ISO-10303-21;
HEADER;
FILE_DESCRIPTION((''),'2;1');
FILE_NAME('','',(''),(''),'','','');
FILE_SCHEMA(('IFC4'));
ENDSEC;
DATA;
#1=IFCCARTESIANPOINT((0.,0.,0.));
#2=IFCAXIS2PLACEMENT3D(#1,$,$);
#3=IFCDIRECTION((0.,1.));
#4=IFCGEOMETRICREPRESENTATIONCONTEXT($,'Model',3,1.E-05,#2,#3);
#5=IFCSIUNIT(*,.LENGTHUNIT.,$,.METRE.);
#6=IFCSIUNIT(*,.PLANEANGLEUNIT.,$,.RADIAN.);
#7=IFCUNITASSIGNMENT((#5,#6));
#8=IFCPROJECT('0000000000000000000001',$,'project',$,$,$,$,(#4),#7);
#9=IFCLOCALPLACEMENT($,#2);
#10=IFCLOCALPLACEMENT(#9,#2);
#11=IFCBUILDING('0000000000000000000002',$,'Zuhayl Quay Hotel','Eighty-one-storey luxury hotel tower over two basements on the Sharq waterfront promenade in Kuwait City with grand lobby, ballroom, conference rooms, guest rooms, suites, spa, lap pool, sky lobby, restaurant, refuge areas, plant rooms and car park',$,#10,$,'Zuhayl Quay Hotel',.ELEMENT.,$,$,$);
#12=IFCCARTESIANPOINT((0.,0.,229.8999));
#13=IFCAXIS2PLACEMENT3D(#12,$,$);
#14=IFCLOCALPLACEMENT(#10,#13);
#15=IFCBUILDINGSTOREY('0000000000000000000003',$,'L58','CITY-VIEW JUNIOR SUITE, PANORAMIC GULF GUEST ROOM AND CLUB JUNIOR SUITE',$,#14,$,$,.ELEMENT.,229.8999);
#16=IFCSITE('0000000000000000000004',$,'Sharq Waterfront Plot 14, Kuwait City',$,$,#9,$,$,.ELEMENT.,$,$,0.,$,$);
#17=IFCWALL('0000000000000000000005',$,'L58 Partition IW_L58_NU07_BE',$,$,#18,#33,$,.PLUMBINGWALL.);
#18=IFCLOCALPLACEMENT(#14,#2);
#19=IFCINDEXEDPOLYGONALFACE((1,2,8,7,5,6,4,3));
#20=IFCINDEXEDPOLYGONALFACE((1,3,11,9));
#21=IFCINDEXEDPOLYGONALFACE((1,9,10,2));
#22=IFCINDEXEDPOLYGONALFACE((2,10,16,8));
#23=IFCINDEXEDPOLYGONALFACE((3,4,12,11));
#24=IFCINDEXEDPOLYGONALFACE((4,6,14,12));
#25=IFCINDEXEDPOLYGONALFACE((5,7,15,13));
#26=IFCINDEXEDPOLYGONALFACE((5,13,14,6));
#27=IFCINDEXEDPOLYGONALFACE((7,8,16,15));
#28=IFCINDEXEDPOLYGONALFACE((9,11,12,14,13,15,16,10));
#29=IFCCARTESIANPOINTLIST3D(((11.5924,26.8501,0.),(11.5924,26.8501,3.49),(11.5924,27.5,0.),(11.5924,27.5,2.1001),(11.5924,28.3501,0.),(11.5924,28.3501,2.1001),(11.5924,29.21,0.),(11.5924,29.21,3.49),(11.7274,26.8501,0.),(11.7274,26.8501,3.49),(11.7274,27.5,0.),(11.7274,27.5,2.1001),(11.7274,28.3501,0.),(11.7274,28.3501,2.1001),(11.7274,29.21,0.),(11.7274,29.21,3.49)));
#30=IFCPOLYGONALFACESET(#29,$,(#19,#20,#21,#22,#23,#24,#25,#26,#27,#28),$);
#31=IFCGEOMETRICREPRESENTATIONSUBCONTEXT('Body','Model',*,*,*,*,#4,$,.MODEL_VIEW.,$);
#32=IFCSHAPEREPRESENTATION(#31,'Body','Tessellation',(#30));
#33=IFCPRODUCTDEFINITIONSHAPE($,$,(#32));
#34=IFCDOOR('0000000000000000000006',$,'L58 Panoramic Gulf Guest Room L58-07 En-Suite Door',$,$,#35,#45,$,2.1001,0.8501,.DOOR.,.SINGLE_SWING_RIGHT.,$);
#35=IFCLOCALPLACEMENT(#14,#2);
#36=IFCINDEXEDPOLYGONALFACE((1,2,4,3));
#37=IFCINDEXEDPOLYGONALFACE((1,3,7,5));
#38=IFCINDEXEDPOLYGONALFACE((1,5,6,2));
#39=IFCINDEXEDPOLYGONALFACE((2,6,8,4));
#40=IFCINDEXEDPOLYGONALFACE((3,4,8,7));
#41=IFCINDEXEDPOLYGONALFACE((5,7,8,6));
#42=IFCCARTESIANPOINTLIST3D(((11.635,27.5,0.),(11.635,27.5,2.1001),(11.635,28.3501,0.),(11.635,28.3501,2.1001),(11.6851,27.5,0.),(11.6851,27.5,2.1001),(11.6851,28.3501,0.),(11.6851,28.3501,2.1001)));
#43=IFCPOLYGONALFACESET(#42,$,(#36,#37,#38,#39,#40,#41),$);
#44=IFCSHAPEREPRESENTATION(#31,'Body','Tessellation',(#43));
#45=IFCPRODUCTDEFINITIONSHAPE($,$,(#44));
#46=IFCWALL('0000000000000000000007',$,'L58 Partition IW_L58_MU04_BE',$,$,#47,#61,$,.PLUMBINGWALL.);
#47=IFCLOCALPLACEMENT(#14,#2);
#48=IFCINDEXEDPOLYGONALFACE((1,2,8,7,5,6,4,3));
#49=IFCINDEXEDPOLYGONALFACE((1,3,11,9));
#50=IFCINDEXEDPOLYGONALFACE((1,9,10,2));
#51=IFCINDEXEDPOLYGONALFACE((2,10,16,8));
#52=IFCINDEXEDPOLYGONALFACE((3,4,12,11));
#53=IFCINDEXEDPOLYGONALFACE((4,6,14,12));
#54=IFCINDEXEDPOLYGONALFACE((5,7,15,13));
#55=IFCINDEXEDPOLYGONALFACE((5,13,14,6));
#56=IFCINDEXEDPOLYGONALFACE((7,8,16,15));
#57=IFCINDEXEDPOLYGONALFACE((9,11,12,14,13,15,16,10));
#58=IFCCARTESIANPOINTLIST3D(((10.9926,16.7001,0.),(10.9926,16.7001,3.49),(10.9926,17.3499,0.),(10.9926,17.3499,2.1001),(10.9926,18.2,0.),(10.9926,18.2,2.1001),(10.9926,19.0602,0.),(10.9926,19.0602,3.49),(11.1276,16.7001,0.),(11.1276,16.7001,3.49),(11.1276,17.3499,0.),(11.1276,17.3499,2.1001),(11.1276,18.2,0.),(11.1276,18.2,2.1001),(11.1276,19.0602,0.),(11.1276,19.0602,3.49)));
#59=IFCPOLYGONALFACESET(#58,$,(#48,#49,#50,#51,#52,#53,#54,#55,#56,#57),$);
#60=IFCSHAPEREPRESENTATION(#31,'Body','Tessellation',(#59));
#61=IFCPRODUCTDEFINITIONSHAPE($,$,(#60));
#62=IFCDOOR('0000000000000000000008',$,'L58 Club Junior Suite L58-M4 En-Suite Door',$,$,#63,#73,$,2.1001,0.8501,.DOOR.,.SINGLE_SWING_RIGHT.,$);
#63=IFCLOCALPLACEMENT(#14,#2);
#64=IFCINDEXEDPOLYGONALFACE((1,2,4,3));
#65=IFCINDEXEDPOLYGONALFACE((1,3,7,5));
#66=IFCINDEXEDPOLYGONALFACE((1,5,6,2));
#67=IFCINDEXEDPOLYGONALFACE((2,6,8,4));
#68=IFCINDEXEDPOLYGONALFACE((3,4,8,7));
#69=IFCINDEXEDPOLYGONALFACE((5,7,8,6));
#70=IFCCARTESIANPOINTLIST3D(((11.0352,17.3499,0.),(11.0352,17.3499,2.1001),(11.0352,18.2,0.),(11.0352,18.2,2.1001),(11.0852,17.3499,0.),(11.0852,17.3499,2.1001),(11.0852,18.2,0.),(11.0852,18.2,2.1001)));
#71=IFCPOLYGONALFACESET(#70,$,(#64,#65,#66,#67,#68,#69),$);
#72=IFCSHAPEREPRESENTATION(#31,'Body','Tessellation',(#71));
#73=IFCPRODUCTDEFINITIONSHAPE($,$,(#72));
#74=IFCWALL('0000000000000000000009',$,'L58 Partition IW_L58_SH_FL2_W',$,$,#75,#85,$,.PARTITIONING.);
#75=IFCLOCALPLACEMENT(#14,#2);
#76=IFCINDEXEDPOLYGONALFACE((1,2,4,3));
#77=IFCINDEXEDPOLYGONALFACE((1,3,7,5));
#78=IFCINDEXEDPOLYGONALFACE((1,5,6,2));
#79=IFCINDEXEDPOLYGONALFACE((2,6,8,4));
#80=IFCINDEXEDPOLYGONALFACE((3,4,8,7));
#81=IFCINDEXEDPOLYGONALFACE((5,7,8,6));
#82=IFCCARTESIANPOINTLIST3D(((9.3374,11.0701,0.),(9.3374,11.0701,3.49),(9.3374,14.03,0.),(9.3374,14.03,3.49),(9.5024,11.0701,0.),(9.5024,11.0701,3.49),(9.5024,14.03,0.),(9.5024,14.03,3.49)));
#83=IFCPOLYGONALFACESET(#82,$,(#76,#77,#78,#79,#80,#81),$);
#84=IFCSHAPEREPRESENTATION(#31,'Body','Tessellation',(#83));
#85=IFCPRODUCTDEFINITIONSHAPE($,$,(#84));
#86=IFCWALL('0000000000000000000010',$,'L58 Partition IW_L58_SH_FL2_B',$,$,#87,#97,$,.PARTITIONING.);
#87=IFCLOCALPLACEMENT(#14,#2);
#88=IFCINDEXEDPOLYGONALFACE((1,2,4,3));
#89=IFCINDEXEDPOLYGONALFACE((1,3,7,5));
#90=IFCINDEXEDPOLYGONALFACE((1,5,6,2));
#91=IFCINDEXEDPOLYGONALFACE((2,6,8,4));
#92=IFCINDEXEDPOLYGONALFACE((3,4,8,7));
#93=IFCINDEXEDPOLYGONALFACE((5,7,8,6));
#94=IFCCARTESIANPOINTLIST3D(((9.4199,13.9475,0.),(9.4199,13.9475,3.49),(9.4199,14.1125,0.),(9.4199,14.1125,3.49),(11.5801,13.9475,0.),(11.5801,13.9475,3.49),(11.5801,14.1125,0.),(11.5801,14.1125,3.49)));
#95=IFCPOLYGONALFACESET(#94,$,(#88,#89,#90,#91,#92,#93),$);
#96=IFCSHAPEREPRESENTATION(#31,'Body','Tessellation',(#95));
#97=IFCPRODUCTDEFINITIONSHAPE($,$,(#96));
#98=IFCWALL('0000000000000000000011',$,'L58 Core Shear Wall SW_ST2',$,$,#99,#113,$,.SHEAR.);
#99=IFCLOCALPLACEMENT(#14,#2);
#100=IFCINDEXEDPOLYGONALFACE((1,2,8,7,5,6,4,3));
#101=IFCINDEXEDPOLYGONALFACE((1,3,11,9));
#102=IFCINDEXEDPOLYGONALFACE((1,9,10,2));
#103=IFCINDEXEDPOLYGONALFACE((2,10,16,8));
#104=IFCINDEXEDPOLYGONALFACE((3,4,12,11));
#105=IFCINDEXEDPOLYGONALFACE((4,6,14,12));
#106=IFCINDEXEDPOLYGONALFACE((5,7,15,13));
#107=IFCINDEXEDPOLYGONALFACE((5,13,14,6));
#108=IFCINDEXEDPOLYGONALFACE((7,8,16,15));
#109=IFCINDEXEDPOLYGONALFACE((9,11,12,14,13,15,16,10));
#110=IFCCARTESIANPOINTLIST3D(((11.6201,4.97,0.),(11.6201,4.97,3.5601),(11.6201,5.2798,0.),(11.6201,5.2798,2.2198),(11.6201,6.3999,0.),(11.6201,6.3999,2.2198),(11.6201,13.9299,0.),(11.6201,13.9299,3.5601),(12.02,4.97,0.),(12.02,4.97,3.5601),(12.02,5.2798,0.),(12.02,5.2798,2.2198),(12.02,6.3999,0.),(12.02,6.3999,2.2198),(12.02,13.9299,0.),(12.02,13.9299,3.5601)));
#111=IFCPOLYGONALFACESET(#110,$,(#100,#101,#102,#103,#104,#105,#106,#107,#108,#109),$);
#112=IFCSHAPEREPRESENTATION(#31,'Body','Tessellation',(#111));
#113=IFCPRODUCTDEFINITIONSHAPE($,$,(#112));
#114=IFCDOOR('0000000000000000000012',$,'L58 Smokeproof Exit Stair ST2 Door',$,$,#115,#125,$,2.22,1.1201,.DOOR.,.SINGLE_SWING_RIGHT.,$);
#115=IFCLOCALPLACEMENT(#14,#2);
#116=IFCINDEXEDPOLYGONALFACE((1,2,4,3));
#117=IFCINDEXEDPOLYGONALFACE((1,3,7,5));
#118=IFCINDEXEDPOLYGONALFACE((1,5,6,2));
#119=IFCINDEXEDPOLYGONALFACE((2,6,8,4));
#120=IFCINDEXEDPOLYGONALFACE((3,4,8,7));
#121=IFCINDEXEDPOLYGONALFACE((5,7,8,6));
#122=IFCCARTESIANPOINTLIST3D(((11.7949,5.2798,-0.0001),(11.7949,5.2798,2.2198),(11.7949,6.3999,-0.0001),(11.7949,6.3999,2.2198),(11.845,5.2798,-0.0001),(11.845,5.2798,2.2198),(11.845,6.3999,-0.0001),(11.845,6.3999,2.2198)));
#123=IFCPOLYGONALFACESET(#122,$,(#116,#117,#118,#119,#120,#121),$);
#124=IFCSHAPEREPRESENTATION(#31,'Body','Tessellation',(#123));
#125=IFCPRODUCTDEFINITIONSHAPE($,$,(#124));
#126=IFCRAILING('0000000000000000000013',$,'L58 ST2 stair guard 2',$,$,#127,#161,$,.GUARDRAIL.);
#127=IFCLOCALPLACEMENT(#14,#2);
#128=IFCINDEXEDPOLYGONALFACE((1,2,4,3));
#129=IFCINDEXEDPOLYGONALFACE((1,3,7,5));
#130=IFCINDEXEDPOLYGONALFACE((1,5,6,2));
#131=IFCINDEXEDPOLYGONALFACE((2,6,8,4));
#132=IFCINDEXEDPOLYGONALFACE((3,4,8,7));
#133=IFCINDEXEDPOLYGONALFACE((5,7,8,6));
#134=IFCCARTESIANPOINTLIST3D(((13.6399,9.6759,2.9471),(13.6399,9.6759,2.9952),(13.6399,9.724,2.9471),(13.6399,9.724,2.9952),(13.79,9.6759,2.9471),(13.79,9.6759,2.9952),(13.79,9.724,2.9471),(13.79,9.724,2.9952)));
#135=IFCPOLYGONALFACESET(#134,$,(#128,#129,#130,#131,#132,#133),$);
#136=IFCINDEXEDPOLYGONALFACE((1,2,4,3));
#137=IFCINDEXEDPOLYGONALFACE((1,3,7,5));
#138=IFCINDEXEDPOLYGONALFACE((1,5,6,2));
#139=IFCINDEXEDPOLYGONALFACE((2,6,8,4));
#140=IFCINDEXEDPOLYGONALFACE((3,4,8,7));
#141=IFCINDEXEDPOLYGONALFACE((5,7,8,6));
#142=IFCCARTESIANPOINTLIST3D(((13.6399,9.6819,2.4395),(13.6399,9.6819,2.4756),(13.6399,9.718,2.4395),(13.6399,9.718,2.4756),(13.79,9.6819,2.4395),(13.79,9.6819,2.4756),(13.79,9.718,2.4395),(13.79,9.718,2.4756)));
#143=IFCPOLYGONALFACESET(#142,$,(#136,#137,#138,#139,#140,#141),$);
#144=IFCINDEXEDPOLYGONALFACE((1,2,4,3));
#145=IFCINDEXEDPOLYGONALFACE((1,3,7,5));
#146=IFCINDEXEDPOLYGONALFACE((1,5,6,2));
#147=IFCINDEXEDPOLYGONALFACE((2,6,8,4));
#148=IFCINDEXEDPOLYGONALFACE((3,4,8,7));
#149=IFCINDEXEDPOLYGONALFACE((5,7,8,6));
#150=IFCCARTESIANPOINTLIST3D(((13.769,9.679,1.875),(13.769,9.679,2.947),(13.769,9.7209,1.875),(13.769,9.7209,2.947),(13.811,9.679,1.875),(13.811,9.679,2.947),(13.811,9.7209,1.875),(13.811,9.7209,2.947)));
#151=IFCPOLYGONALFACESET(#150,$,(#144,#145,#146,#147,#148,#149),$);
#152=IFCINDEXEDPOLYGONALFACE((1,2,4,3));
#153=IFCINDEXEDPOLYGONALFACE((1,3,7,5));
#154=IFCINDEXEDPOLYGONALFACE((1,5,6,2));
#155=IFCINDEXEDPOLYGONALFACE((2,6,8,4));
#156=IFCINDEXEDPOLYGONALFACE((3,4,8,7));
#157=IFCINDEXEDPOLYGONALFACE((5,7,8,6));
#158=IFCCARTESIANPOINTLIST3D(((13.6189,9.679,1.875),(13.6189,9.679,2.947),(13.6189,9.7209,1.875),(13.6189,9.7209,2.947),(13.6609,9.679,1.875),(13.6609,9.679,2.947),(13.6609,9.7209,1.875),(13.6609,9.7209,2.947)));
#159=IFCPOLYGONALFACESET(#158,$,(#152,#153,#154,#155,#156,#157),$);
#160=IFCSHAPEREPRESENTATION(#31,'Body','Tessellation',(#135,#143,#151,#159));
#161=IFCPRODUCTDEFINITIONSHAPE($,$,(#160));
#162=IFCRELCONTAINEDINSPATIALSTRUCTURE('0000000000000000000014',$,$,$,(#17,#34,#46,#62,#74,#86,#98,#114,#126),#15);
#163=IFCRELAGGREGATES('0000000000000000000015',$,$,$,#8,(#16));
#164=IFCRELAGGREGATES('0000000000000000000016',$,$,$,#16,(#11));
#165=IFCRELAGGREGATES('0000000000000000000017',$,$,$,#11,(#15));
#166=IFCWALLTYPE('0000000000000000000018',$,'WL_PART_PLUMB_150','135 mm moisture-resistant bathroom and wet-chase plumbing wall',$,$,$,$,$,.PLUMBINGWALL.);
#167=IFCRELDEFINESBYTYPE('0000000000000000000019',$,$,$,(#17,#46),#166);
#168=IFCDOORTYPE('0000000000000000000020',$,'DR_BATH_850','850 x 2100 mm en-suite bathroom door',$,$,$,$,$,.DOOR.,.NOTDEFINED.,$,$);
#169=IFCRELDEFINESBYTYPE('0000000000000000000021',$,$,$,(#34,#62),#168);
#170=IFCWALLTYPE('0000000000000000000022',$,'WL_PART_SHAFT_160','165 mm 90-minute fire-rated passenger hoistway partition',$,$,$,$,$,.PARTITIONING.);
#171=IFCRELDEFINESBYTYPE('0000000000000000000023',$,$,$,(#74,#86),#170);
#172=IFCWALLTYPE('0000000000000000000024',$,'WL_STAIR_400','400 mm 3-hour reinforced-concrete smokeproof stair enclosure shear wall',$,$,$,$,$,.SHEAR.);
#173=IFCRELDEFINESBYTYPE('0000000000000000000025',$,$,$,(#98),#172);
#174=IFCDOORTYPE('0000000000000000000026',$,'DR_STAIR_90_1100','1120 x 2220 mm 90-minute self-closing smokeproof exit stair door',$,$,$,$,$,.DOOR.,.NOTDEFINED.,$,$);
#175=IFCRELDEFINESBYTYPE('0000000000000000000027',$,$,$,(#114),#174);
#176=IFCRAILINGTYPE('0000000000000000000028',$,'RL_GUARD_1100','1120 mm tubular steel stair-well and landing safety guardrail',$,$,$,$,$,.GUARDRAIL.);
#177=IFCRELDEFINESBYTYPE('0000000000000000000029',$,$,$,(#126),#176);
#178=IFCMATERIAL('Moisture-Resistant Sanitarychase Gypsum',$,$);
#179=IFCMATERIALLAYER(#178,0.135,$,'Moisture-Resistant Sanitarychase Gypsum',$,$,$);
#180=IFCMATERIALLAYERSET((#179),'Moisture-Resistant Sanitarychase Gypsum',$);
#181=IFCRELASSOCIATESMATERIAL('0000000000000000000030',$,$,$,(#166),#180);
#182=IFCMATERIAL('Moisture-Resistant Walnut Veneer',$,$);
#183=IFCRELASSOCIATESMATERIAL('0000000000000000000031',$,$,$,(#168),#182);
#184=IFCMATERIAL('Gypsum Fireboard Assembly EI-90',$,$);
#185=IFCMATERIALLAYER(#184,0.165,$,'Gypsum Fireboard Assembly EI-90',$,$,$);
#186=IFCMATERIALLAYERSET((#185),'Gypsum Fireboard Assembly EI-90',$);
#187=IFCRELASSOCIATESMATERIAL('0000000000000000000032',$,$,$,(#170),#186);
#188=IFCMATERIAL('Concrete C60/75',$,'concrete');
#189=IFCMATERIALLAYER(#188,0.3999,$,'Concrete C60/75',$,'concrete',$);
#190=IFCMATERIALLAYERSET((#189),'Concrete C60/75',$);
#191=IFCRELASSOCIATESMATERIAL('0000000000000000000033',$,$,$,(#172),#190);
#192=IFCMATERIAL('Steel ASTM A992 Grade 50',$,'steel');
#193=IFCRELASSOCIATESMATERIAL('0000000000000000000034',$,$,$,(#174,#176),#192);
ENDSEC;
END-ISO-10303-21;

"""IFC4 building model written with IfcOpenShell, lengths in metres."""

from ifc_helpers import new_model, si_unit, direction, frame, frame_2d, origin, origin_2d, place, context, subcontext, project, spatial, rectangle, extrude, material, layer, layer_set, type_object, element, fill, save


model = new_model("IFC4")

# Units and contexts
model_context = context("Model", 3, precision=1e-05, world=origin(), true_north=direction((0.0, 1.0)))
body_context = subcontext(model_context, "Body", "Model", "MODEL_VIEW")
ifc_project = project(units=[si_unit("LENGTHUNIT", "METRE"), si_unit("PLANEANGLEUNIT", "RADIAN")], contexts=[model_context])

# Site, building, storey
site_placement = place(None, origin())
site = spatial("IfcSite", under=ifc_project, at=site_placement, Name="Sharq Waterfront Plot 14, Kuwait City", CompositionType="ELEMENT", RefElevation=0.0)
building_placement = place(site_placement, origin())
building = spatial("IfcBuilding", under=site, at=building_placement, Name="Zuhayl Quay Hotel", Description="Eighty-one-storey luxury hotel tower over two basements on the Sharq waterfront promenade in Kuwait City with grand lobby, ballroom, conference rooms, guest rooms, suites, spa, lap pool, sky lobby, restaurant, refuge areas, plant rooms and car park", LongName="Zuhayl Quay Hotel", CompositionType="ELEMENT")
storey_placement = place(building_placement, frame((0.0, 0.0, 229.8999)))
storey = spatial("IfcBuildingStorey", under=building, at=storey_placement, Name="L58", Description="CITY-VIEW JUNIOR SUITE, PANORAMIC GULF GUEST ROOM AND CLUB JUNIOR SUITE", CompositionType="ELEMENT", Elevation=229.8999)

# Shared definitions
ifc_material_1 = material(Name="Concrete C60/75", Category="concrete")

# Shared definitions
ifc_material_2 = material(Name="Steel ASTM A992 Grade 50", Category="steel")

# Walls, openings, doors
ifc_material_3 = material(Name="Moisture-Resistant Sanitarychase Gypsum")
ifc_layer_1 = layer(ifc_material_3, 0.135, Name="Moisture-Resistant Sanitarychase Gypsum")
ifc_layer_set_1 = layer_set([ifc_layer_1], Name="Moisture-Resistant Sanitarychase Gypsum")
wall_type_1 = type_object("IfcWallType", Name="WL_PART_PLUMB_150", Description="135 mm moisture-resistant bathroom and wet-chase plumbing wall", PredefinedType="PLUMBINGWALL", material=ifc_layer_set_1)
wall_1_placement = place(storey_placement, frame((11.6599, 26.8501, 0.0), z_axis=(0.0, 0.0, 1.0), x_axis=(0.0, 1.0, 0.0)))
wall_1 = element("IfcWall", 1, at=wall_1_placement, inside=storey, type_object=wall_type_1, Name="L58 Partition IW_L58_NU07_BE", PredefinedType="PLUMBINGWALL", context=body_context, shape_type="SweptSolid", body=[
    extrude(rectangle(XDim=2.3599, YDim=0.135, at=frame_2d((1.1799, 0.0))), origin(), (0.0, 0.0, 1.0), 3.49),
])
opening_1_placement = place(wall_1_placement, frame((0.6499, 0.0, 0.0)))
opening_1 = element("IfcOpeningElement", 2, at=opening_1_placement, cuts=wall_1, PredefinedType="OPENING", context=body_context, shape_type="SweptSolid", body=[
    extrude(rectangle(XDim=0.8501, YDim=2.1001, at=frame_2d((0.425, 1.05))), frame((0.0, 0.0774, 0.0), z_axis=(0.0, -1.0, 0.0), x_axis=(1.0, 0.0, 0.0)), (0.0, 0.0, 1.0), 0.155),
])
ifc_material_4 = material(Name="Moisture-Resistant Walnut Veneer")
door_type_1 = type_object("IfcDoorType", Name="DR_BATH_850", Description="850 x 2100 mm en-suite bathroom door", OperationType="NOTDEFINED", PredefinedType="DOOR", material=ifc_material_4)
door_1_placement = place(opening_1_placement, origin())
door_1 = element("IfcDoor", 3, at=door_1_placement, inside=storey, type_object=door_type_1, Name="L58 Panoramic Gulf Guest Room L58-07 En-Suite Door", OperationType="SINGLE_SWING_RIGHT", OverallHeight=2.1001, OverallWidth=0.8501, PredefinedType="DOOR", context=body_context, shape_type="SweptSolid", body=[
    extrude(rectangle(XDim=0.8501, YDim=2.1001, at=frame_2d((0.425, 1.05))), frame((0.0, 0.0249, 0.0), z_axis=(0.0, -1.0, 0.0), x_axis=(1.0, 0.0, 0.0)), (0.0, 0.0, 1.0), 0.05),
])
fill(opening_1, door_1)
wall_2_placement = place(storey_placement, frame((11.0601, 16.7, 0.0), z_axis=(0.0, 0.0, 1.0), x_axis=(0.0, 1.0, 0.0)))
wall_2 = element("IfcWall", 4, at=wall_2_placement, inside=storey, type_object=wall_type_1, Name="L58 Partition IW_L58_MU04_BE", PredefinedType="PLUMBINGWALL", context=body_context, shape_type="SweptSolid", body=[
    extrude(rectangle(XDim=2.3601, YDim=0.135, at=frame_2d((1.1802, 0.0))), origin(), (0.0, 0.0, 1.0), 3.49),
])
opening_2_placement = place(wall_2_placement, frame((0.6499, 0.0, 0.0)))
opening_2 = element("IfcOpeningElement", 5, at=opening_2_placement, cuts=wall_2, PredefinedType="OPENING", context=body_context, shape_type="SweptSolid", body=[
    extrude(rectangle(XDim=0.8501, YDim=2.1001, at=frame_2d((0.425, 1.05))), frame((0.0, 0.0774, 0.0), z_axis=(0.0, -1.0, 0.0), x_axis=(1.0, 0.0, 0.0)), (0.0, 0.0, 1.0), 0.155),
])
door_2_placement = place(opening_2_placement, origin())
door_2 = element("IfcDoor", 6, at=door_2_placement, inside=storey, type_object=door_type_1, Name="L58 Club Junior Suite L58-M4 En-Suite Door", OperationType="SINGLE_SWING_RIGHT", OverallHeight=2.1001, OverallWidth=0.8501, PredefinedType="DOOR", context=body_context, shape_type="SweptSolid", body=[
    extrude(rectangle(XDim=0.8501, YDim=2.1001, at=frame_2d((0.425, 1.05))), frame((0.0, 0.0249, 0.0), z_axis=(0.0, -1.0, 0.0), x_axis=(1.0, 0.0, 0.0)), (0.0, 0.0, 1.0), 0.05),
])
fill(opening_2, door_2)

# Walls
ifc_material_5 = material(Name="Gypsum Fireboard Assembly EI-90")
ifc_layer_2 = layer(ifc_material_5, 0.165, Name="Gypsum Fireboard Assembly EI-90")
ifc_layer_set_2 = layer_set([ifc_layer_2], Name="Gypsum Fireboard Assembly EI-90")
wall_type_2 = type_object("IfcWallType", Name="WL_PART_SHAFT_160", Description="165 mm 90-minute fire-rated passenger hoistway partition", PredefinedType="PARTITIONING", material=ifc_layer_set_2)
wall_3_placement = place(storey_placement, frame((9.4199, 11.0701, 0.0), z_axis=(0.0, 0.0, 1.0), x_axis=(0.0, 1.0, 0.0)))
element("IfcWall", 7, at=wall_3_placement, inside=storey, type_object=wall_type_2, Name="L58 Partition IW_L58_SH_FL2_W", PredefinedType="PARTITIONING", context=body_context, shape_type="SweptSolid", body=[
    extrude(rectangle(XDim=2.96, YDim=0.165, at=frame_2d((1.48, 0.0))), origin(), (0.0, 0.0, 1.0), 3.49),
])
wall_4_placement = place(storey_placement, frame((9.4199, 14.03, 0.0), z_axis=(0.0, 0.0, 1.0), x_axis=(1.0, 0.0, 0.0)))
element("IfcWall", 8, at=wall_4_placement, inside=storey, type_object=wall_type_2, Name="L58 Partition IW_L58_SH_FL2_B", PredefinedType="PARTITIONING", context=body_context, shape_type="SweptSolid", body=[
    extrude(rectangle(XDim=2.1602, YDim=0.165, at=frame_2d((1.0801, 0.0))), origin(), (0.0, 0.0, 1.0), 3.49),
])

# Wall, opening, door
ifc_layer_3 = layer(ifc_material_1, 0.3999, Name="Concrete C60/75", Category="concrete")
ifc_layer_set_3 = layer_set([ifc_layer_3], Name="Concrete C60/75")
wall_type_3 = type_object("IfcWallType", Name="WL_STAIR_400", Description="400 mm 3-hour reinforced-concrete smokeproof stair enclosure shear wall", PredefinedType="SHEAR", material=ifc_layer_set_3)
wall_5_placement = place(storey_placement, frame((11.8201, 13.9299, 0.0), z_axis=(0.0, 0.0, 1.0), x_axis=(0.0, -1.0, 0.0)))
wall_5 = element("IfcWall", 9, at=wall_5_placement, inside=storey, type_object=wall_type_3, Name="L58 Core Shear Wall SW_ST2", PredefinedType="SHEAR", context=body_context, shape_type="SweptSolid", body=[
    extrude(rectangle(XDim=8.96, YDim=0.3999, at=frame_2d((4.48, 0.0))), origin(), (0.0, 0.0, 1.0), 3.5601),
])
opening_3_placement = place(wall_5_placement, frame((7.53, 0.0, 0.0)))
opening_3 = element("IfcOpeningElement", 10, at=opening_3_placement, cuts=wall_5, PredefinedType="OPENING", context=body_context, shape_type="SweptSolid", body=[
    extrude(rectangle(XDim=1.1201, YDim=2.22, at=frame_2d((0.5601, 1.1099))), frame((0.0, 0.21, 0.0), z_axis=(0.0, -1.0, 0.0), x_axis=(1.0, 0.0, 0.0)), (0.0, 0.0, 1.0), 0.4199),
])
door_type_2 = type_object("IfcDoorType", Name="DR_STAIR_90_1100", Description="1120 x 2220 mm 90-minute self-closing smokeproof exit stair door", OperationType="NOTDEFINED", PredefinedType="DOOR", material=ifc_material_2)
door_3_placement = place(opening_3_placement, origin())
door_3 = element("IfcDoor", 11, at=door_3_placement, inside=storey, type_object=door_type_2, Name="L58 Smokeproof Exit Stair ST2 Door", OperationType="SINGLE_SWING_RIGHT", OverallHeight=2.22, OverallWidth=1.1201, PredefinedType="DOOR", context=body_context, shape_type="SweptSolid", body=[
    extrude(rectangle(XDim=1.1201, YDim=2.22, at=frame_2d((0.5601, 1.1099))), frame((0.0, 0.0249, 0.0), z_axis=(0.0, -1.0, 0.0), x_axis=(1.0, 0.0, 0.0)), (0.0, 0.0, 1.0), 0.05),
])
fill(opening_3, door_3)

# Railing
railing_type = type_object("IfcRailingType", Name="RL_GUARD_1100", Description="1120 mm tubular steel stair-well and landing safety guardrail", PredefinedType="GUARDRAIL", material=ifc_material_2)
railing_1_placement = place(storey_placement, frame((13.79, 9.7, 1.875)))
element("IfcRailing", 12, at=railing_1_placement, inside=storey, type_object=railing_type, Name="L58 ST2 stair guard 2", PredefinedType="GUARDRAIL", context=body_context, shape_type="SweptSolid", body=[
    extrude(rectangle(XDim=0.0481, YDim=0.0481, at=origin_2d()), frame((0.0, 0.0, 1.0962), z_axis=(-1.0, 0.0, 0.0), x_axis=(0.0, -1.0, 0.0)), (0.0, 0.0, 1.0), 0.1501),
    extrude(rectangle(XDim=0.0361, YDim=0.0361, at=origin_2d()), frame((0.0, 0.0, 0.5825), z_axis=(-1.0, 0.0, 0.0), x_axis=(0.0, -1.0, 0.0)), (0.0, 0.0, 1.0), 0.1501),
    extrude(rectangle(XDim=0.042, YDim=0.042, at=origin_2d()), origin(), (0.0, 0.0, 1.0), 1.072),
    extrude(rectangle(XDim=0.042, YDim=0.042, at=origin_2d()), frame((-0.1501, 0.0, 0.0)), (0.0, 0.0, 1.0), 1.072),
])

save(model, "model.ifc")
